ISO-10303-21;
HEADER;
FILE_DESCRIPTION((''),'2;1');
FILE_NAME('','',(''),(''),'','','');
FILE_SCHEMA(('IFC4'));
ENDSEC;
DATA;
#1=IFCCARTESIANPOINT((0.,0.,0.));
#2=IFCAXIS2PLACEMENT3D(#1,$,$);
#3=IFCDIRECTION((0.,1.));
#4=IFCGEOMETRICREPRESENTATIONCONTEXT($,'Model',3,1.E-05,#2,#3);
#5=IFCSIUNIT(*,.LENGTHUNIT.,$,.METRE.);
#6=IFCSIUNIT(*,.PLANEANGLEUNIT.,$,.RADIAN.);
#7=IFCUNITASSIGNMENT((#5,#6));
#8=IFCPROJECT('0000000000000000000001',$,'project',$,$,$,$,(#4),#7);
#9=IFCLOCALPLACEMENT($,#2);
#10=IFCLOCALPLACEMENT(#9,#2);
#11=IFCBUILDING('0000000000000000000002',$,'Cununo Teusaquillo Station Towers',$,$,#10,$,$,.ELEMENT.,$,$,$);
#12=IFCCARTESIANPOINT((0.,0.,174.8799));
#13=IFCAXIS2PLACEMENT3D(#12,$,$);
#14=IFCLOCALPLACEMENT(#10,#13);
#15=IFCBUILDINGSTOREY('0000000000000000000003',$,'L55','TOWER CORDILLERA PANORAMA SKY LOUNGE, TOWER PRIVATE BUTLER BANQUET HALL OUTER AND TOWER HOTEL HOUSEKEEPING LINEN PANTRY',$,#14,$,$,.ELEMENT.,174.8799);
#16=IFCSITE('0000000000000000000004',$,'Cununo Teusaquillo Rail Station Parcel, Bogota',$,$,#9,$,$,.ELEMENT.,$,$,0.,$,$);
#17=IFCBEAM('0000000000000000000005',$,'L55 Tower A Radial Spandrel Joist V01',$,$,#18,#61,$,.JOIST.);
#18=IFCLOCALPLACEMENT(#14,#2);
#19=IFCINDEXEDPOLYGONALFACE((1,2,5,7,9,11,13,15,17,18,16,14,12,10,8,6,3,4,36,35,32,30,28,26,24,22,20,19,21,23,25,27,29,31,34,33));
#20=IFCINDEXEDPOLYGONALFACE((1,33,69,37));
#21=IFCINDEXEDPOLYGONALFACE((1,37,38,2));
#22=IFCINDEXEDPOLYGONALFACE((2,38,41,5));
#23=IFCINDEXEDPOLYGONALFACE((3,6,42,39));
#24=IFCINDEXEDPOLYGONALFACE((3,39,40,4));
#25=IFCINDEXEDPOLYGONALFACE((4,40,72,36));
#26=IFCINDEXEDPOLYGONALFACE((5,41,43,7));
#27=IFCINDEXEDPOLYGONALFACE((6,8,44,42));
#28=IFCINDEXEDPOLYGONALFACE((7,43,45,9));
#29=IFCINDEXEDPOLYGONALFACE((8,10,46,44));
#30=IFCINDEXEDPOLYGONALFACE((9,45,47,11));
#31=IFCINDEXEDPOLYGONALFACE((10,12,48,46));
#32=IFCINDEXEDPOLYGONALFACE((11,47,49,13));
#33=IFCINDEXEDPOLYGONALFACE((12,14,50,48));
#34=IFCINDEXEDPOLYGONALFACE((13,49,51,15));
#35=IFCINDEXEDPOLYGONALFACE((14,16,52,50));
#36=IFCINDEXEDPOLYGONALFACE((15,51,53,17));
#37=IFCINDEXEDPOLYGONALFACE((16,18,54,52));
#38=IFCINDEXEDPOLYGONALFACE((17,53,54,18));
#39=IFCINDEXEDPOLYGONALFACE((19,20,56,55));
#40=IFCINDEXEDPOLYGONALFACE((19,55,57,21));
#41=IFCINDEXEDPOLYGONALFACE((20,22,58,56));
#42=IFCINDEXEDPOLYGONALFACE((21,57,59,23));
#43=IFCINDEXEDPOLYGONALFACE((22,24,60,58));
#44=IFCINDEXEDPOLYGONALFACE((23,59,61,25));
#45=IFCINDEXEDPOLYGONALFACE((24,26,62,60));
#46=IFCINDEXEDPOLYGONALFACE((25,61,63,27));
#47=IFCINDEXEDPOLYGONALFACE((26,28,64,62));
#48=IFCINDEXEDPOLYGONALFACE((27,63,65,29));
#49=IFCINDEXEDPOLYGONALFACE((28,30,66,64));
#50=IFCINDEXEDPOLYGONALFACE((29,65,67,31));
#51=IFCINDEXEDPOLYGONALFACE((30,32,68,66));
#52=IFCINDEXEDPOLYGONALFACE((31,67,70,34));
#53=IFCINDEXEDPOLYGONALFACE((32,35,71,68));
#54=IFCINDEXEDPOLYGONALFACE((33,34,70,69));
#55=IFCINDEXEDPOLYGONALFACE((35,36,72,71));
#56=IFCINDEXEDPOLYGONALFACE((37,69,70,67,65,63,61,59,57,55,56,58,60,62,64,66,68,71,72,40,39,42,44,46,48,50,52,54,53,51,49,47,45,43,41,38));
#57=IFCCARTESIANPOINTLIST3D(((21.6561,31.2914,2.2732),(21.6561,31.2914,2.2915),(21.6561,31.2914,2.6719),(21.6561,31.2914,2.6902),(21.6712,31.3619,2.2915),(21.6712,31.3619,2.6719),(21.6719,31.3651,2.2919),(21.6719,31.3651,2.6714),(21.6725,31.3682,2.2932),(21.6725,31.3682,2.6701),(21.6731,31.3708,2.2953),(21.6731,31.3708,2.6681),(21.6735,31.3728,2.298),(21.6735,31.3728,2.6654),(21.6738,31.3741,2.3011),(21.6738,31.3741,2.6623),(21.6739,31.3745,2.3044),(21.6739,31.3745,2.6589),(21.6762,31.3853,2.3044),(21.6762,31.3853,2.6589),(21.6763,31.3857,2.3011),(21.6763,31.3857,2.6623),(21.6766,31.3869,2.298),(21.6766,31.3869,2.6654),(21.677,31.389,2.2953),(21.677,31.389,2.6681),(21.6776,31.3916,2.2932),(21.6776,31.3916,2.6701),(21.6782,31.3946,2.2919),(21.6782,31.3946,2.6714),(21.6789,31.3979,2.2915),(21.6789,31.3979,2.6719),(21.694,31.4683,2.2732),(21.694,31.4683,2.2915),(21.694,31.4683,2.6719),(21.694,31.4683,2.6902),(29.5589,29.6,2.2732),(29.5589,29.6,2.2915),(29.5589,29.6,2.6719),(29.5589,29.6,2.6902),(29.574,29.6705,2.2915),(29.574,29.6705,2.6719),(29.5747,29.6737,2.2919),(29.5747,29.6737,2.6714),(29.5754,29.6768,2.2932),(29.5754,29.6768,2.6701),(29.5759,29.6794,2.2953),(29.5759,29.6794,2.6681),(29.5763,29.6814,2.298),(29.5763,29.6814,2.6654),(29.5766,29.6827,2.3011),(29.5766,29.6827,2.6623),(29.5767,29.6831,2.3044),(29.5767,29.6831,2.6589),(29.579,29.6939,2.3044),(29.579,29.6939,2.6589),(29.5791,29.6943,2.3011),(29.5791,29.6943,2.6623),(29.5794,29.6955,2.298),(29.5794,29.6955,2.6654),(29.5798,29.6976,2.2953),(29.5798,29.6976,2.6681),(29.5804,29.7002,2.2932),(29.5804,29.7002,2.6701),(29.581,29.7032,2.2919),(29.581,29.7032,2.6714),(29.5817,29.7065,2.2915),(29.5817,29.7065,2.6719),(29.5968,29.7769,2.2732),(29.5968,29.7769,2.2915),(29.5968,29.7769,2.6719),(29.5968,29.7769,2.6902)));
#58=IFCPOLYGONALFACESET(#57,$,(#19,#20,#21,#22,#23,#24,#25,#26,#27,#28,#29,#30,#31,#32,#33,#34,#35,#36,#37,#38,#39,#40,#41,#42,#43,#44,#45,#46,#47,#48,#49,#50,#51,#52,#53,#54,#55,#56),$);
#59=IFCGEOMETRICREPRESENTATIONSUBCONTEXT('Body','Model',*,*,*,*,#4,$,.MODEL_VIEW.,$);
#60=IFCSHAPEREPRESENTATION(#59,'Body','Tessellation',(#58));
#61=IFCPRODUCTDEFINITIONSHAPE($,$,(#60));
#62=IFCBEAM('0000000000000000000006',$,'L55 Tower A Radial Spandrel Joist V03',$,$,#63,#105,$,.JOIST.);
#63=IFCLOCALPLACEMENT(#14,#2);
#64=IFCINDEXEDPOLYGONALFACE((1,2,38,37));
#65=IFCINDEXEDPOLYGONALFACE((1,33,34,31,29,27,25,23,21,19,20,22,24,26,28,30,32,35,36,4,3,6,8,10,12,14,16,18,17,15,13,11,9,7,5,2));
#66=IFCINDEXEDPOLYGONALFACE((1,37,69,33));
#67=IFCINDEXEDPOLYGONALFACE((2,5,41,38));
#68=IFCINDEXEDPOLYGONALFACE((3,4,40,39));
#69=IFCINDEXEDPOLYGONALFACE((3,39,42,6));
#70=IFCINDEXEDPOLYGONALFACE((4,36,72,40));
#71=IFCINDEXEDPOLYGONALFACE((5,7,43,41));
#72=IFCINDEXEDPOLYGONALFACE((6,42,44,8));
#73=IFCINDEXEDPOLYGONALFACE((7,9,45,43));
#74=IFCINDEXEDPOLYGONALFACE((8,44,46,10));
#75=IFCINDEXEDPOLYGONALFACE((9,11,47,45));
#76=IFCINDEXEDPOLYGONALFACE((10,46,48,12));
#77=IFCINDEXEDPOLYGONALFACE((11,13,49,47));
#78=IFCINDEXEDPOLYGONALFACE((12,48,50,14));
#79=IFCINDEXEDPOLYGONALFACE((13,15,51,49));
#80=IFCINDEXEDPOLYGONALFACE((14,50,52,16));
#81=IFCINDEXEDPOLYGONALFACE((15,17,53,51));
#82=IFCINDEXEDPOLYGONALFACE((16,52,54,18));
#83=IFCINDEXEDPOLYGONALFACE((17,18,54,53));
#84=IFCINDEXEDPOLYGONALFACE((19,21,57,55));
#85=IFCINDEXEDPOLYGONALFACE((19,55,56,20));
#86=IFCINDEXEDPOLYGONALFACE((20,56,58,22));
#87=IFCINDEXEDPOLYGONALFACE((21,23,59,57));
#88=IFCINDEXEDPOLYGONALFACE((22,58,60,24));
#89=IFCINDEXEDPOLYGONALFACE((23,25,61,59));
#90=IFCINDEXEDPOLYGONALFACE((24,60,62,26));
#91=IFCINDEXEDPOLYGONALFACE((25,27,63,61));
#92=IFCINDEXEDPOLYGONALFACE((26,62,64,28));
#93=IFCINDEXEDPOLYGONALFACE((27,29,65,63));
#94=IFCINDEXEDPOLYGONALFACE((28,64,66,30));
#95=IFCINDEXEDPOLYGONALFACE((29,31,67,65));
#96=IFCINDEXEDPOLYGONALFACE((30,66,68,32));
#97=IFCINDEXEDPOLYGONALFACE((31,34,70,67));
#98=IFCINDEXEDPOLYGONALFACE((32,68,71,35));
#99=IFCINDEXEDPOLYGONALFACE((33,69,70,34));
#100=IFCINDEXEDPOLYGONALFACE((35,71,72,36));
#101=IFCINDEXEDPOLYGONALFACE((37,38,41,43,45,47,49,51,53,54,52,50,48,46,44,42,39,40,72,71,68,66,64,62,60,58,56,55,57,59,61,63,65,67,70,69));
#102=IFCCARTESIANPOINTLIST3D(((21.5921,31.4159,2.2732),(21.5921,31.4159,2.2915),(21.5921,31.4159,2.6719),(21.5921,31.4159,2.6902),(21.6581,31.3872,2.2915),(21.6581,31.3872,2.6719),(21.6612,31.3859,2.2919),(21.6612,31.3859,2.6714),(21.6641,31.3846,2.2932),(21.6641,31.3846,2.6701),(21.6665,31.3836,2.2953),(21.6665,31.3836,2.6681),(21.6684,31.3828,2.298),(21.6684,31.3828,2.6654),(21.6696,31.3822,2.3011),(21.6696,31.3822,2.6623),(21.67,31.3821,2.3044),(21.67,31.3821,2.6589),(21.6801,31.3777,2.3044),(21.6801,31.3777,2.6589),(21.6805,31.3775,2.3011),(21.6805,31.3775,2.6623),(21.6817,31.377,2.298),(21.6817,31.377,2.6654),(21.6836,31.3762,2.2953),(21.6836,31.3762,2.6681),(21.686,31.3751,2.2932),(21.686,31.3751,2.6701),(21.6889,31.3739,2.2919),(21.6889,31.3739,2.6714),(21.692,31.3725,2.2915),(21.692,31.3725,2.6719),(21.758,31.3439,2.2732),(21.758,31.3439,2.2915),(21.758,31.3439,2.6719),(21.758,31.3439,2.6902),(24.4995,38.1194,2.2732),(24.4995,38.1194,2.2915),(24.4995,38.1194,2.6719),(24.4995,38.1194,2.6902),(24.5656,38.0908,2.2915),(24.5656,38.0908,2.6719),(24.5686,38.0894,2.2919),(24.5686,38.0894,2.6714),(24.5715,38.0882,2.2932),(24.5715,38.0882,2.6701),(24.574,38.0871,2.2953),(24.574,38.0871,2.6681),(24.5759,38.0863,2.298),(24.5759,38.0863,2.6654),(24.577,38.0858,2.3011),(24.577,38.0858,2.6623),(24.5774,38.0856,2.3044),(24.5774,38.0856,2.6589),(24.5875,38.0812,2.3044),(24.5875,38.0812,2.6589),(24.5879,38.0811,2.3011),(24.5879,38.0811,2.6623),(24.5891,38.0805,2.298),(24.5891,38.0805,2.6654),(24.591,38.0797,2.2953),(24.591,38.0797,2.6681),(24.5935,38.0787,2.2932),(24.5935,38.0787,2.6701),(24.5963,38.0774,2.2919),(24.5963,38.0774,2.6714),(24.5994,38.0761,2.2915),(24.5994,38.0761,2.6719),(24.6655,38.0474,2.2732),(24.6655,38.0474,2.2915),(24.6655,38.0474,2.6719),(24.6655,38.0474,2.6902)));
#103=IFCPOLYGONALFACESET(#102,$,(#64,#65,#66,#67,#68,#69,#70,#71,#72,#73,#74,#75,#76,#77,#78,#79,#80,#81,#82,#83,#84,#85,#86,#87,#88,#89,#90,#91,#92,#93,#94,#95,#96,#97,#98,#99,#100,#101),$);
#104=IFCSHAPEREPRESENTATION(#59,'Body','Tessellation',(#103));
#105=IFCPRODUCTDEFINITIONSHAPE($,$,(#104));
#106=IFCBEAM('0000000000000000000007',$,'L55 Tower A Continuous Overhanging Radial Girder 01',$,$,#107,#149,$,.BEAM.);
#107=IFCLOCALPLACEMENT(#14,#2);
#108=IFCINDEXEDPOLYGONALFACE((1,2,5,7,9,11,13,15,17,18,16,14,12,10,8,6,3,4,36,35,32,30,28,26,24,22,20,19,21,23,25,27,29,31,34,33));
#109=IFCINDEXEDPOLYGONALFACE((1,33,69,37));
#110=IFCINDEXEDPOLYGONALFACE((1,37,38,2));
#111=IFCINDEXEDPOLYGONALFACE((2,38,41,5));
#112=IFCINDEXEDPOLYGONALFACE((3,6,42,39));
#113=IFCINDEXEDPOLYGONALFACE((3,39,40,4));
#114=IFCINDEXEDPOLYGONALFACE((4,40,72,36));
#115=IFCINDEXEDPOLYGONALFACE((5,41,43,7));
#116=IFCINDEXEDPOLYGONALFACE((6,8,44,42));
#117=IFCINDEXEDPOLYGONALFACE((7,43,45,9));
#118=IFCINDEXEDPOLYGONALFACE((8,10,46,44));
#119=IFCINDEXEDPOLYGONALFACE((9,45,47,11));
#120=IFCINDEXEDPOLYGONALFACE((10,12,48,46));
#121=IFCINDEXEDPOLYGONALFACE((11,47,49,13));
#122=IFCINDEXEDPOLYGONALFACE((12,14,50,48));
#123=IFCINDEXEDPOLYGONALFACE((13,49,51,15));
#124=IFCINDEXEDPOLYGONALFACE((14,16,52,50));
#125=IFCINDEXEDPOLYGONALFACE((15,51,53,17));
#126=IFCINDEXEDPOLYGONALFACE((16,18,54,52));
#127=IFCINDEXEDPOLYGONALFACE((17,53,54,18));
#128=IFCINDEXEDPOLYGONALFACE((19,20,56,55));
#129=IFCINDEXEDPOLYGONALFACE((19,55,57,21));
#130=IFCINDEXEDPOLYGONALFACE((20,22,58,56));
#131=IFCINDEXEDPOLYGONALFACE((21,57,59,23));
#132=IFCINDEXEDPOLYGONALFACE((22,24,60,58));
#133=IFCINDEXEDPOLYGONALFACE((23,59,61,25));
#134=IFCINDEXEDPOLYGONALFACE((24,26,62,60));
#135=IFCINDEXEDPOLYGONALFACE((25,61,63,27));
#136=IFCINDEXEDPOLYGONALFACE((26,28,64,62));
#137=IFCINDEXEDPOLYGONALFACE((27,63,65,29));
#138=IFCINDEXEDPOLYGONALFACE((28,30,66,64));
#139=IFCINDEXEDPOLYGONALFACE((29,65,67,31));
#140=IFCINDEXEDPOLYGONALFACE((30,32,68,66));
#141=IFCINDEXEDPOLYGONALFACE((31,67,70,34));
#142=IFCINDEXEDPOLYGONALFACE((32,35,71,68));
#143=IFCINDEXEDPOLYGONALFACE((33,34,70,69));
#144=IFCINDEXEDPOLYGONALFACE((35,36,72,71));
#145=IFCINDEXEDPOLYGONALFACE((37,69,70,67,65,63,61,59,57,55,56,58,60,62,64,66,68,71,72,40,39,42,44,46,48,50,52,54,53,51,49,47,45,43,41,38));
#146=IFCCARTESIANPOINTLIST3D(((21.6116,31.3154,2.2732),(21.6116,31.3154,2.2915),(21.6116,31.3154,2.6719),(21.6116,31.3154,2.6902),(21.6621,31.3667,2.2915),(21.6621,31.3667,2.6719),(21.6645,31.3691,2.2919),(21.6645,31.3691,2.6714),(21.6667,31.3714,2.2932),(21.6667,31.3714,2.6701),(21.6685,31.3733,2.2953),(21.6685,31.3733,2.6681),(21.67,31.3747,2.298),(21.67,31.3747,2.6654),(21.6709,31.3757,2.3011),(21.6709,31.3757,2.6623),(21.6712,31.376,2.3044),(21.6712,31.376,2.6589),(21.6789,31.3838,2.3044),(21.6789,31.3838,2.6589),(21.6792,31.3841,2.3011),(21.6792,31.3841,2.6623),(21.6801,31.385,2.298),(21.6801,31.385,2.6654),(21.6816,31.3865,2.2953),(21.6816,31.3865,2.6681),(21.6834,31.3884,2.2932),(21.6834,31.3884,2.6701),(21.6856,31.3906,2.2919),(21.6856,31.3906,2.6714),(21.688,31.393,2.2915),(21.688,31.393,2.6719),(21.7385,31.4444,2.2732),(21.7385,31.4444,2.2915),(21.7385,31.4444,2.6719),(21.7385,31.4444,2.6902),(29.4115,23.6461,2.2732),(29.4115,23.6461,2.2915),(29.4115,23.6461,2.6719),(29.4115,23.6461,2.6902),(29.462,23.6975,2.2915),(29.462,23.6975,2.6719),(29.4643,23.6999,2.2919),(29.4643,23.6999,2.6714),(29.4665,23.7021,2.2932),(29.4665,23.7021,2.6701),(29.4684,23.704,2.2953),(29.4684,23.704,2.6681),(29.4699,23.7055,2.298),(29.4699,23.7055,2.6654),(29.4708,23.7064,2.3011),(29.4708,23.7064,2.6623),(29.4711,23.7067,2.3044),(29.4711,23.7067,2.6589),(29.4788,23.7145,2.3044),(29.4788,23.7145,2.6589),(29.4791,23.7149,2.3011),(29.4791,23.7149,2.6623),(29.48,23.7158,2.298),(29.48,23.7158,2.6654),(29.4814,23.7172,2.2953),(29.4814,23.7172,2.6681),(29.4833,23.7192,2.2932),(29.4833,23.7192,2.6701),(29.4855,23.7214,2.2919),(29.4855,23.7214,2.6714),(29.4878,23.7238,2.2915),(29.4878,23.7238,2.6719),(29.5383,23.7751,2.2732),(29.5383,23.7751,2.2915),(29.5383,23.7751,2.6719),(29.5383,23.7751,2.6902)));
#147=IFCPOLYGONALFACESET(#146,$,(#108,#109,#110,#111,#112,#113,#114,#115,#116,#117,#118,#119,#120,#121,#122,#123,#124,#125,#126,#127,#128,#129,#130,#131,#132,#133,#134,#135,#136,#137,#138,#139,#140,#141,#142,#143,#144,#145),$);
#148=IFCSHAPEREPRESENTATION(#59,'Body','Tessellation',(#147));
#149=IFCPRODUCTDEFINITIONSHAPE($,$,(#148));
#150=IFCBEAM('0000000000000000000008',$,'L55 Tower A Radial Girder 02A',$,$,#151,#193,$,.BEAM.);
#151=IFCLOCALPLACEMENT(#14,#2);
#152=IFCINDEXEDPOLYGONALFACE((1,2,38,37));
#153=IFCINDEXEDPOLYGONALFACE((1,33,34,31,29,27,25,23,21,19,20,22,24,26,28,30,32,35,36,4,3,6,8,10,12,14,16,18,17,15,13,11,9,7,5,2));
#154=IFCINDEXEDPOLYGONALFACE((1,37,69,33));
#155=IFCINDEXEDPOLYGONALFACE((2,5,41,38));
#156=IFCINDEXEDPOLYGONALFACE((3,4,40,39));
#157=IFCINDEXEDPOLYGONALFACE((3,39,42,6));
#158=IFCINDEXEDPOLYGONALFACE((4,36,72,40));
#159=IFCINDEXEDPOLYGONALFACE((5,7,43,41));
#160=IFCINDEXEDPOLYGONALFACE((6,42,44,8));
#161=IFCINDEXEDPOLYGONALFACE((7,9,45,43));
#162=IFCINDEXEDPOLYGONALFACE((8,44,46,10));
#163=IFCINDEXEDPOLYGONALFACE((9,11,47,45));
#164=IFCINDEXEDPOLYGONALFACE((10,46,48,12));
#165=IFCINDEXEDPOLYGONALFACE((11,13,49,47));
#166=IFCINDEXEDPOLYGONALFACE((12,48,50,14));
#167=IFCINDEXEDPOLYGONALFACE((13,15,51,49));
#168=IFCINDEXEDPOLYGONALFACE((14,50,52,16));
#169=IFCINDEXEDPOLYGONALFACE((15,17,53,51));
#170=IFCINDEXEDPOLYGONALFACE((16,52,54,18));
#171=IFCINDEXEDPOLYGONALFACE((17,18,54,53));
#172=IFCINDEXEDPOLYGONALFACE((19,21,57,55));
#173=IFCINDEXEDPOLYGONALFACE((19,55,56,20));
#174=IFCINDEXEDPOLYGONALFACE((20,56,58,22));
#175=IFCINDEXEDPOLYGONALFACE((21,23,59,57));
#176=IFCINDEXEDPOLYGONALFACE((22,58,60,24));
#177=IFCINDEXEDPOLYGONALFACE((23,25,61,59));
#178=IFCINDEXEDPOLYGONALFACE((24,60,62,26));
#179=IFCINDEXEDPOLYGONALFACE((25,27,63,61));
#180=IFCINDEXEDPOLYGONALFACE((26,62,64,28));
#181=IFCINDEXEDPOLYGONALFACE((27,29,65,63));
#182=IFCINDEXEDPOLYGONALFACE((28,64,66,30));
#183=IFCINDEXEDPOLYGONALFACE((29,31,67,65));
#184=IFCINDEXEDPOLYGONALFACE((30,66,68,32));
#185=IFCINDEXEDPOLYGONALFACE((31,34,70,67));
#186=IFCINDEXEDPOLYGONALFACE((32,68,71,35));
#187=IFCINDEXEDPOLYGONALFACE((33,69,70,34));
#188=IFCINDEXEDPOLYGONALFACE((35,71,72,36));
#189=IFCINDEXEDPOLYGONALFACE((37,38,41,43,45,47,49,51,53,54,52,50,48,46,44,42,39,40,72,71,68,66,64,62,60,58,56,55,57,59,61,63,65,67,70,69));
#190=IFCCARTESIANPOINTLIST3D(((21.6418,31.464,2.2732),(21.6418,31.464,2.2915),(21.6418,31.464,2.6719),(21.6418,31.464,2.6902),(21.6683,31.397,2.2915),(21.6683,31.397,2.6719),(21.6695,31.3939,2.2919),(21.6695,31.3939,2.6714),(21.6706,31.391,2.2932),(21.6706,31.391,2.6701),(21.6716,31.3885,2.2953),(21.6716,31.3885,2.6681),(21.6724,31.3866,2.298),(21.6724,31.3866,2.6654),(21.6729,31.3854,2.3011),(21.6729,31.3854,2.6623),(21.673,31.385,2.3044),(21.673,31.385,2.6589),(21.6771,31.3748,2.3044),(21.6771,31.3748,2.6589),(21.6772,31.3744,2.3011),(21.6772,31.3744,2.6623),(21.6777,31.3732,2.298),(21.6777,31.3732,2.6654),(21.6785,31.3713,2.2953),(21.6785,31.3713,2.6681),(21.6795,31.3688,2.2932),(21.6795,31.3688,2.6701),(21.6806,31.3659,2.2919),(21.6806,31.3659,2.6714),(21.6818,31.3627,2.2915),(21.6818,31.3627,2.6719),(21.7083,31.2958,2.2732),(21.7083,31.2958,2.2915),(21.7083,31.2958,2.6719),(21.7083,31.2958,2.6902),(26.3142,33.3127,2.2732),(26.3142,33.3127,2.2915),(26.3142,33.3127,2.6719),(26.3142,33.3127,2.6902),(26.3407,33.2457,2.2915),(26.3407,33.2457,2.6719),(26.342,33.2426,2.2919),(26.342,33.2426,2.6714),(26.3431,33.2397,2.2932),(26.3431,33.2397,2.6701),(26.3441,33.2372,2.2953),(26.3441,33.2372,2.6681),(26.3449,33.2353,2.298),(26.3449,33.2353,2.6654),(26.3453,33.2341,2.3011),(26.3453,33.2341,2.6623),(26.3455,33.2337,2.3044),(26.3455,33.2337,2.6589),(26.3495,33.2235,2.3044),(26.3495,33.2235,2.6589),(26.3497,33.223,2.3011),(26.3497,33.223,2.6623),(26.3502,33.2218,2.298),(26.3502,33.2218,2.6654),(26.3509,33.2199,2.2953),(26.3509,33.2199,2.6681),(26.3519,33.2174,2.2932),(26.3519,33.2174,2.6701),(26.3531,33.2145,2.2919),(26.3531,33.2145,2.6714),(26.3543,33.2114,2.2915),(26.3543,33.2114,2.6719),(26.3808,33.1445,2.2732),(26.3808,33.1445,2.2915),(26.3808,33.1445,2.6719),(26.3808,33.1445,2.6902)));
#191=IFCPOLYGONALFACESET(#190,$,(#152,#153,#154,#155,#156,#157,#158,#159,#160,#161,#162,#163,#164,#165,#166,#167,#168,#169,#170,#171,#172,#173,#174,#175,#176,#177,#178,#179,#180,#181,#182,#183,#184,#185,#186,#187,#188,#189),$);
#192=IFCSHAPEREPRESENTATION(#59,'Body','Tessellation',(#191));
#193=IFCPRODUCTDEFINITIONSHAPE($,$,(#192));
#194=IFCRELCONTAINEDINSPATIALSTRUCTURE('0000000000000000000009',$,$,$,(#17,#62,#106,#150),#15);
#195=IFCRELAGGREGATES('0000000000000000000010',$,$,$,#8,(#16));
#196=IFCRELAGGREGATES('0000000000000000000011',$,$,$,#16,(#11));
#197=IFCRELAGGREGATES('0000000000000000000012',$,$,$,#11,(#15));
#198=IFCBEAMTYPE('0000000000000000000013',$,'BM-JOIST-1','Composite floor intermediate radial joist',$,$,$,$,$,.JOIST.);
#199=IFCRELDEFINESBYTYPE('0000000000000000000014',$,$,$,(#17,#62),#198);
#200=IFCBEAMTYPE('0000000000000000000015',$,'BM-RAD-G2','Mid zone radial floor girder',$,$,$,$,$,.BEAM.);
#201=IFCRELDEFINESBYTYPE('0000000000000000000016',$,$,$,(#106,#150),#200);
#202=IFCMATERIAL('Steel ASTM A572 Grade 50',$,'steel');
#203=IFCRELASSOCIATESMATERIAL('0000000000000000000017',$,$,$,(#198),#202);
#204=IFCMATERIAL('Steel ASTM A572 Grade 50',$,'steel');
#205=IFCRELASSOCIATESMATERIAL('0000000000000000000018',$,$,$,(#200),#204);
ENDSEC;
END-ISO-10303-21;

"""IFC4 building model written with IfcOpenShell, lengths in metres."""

from ifc_helpers import new_model, si_unit, direction, frame, origin, origin_2d, place, context, subcontext, project, spatial, i_section, extrude, material, material_profile, profile_set, type_object, element, save


model = new_model("IFC4")

# Units and contexts
model_context = context("Model", 3, precision=1e-05, world=origin(), true_north=direction((0.0, 1.0)))
body_context = subcontext(model_context, "Body", "Model", "MODEL_VIEW")
ifc_project = project(units=[si_unit("LENGTHUNIT", "METRE"), si_unit("PLANEANGLEUNIT", "RADIAN")], contexts=[model_context])

# Site, building, storey
site_placement = place(None, origin())
site = spatial("IfcSite", under=ifc_project, at=site_placement, Name="Cununo Teusaquillo Rail Station Parcel, Bogota", CompositionType="ELEMENT", RefElevation=0.0)
building_placement = place(site_placement, origin())
building = spatial("IfcBuilding", under=site, at=building_placement, Name="Cununo Teusaquillo Station Towers", CompositionType="ELEMENT")
storey_placement = place(building_placement, frame((0.0, 0.0, 174.8799)))
storey = spatial("IfcBuildingStorey", under=building, at=storey_placement, Name="L55", Description="TOWER CORDILLERA PANORAMA SKY LOUNGE, TOWER PRIVATE BUTLER BANQUET HALL OUTER AND TOWER HOTEL HOUSEKEEPING LINEN PANTRY", CompositionType="ELEMENT", Elevation=174.8799)

# Beams
ifc_material_1 = material(Name="Steel ASTM A572 Grade 50", Category="steel")
ifc_material_profile_1 = material_profile(ifc_material_1, i_section(OverallWidth=0.1809, OverallDepth=0.417, WebThickness=0.011, FlangeThickness=0.0183, FilletRadius=0.0129, at=origin_2d()), Name="W16X57")
ifc_profile_set_1 = profile_set([ifc_material_profile_1], Name="Steel ASTM A572 Grade 50")
beam_type_1 = type_object("IfcBeamType", Name="BM-JOIST-1", Description="Composite floor intermediate radial joist", PredefinedType="JOIST", material=ifc_profile_set_1)
beam_1_placement = place(storey_placement, frame((21.675, 31.3799, 2.4817), z_axis=(0.977855, -0.209286, 0.0), x_axis=(0.209286, 0.977855, 0.0)))
element("IfcBeam", 1, at=beam_1_placement, inside=storey, type_object=beam_type_1, Name="L55 Tower A Radial Spandrel Joist V01", PredefinedType="JOIST", context=body_context, shape_type="SweptSolid", body=[
    extrude(i_section(OverallWidth=0.1809, OverallDepth=0.417, WebThickness=0.011, FlangeThickness=0.0183, FilletRadius=0.0129, at=origin_2d()), origin(), (0.0, 0.0, 1.0), 8.0818),
])
beam_2_placement = place(storey_placement, frame((21.675, 31.3799, 2.4817), z_axis=(0.397904, 0.917427, 0.0), x_axis=(-0.917427, 0.397904, 0.0)))
element("IfcBeam", 2, at=beam_2_placement, inside=storey, type_object=beam_type_1, Name="L55 Tower A Radial Spandrel Joist V03", PredefinedType="JOIST", context=body_context, shape_type="SweptSolid", body=[
    extrude(i_section(OverallWidth=0.1809, OverallDepth=0.417, WebThickness=0.011, FlangeThickness=0.0183, FilletRadius=0.0129, at=origin_2d()), origin(), (0.0, 0.0, 1.0), 7.3069),
])
ifc_material_2 = material(Name="Steel ASTM A572 Grade 50", Category="steel")
ifc_material_profile_2 = material_profile(ifc_material_2, i_section(OverallWidth=0.1809, OverallDepth=0.417, WebThickness=0.011, FlangeThickness=0.0183, FilletRadius=0.0129, at=origin_2d()), Name="W16X57")
ifc_profile_set_2 = profile_set([ifc_material_profile_2], Name="Steel ASTM A572 Grade 50")
beam_type_2 = type_object("IfcBeamType", Name="BM-RAD-G2", Description="Mid zone radial floor girder", PredefinedType="BEAM", material=ifc_profile_set_2)
beam_3_placement = place(storey_placement, frame((21.675, 31.3799, 2.4817), z_axis=(0.713052, -0.701111, 0.0), x_axis=(0.701111, 0.713052, 0.0)))
element("IfcBeam", 3, at=beam_3_placement, inside=storey, type_object=beam_type_2, Name="L55 Tower A Continuous Overhanging Radial Girder 01", PredefinedType="BEAM", context=body_context, shape_type="SweptSolid", body=[
    extrude(i_section(OverallWidth=0.1809, OverallDepth=0.417, WebThickness=0.011, FlangeThickness=0.0183, FilletRadius=0.0129, at=origin_2d()), origin(), (0.0, 0.0, 1.0), 10.9387),
])
beam_4_placement = place(storey_placement, frame((21.675, 31.3799, 2.4817), z_axis=(0.929864, 0.367903, 0.0), x_axis=(-0.367903, 0.929864, 0.0)))
element("IfcBeam", 4, at=beam_4_placement, inside=storey, type_object=beam_type_2, Name="L55 Tower A Radial Girder 02A", PredefinedType="BEAM", context=body_context, shape_type="SweptSolid", body=[
    extrude(i_section(OverallWidth=0.1809, OverallDepth=0.417, WebThickness=0.011, FlangeThickness=0.0183, FilletRadius=0.0129, at=origin_2d()), origin(), (0.0, 0.0, 1.0), 5.0249),
])

save(model, "model.ifc")
